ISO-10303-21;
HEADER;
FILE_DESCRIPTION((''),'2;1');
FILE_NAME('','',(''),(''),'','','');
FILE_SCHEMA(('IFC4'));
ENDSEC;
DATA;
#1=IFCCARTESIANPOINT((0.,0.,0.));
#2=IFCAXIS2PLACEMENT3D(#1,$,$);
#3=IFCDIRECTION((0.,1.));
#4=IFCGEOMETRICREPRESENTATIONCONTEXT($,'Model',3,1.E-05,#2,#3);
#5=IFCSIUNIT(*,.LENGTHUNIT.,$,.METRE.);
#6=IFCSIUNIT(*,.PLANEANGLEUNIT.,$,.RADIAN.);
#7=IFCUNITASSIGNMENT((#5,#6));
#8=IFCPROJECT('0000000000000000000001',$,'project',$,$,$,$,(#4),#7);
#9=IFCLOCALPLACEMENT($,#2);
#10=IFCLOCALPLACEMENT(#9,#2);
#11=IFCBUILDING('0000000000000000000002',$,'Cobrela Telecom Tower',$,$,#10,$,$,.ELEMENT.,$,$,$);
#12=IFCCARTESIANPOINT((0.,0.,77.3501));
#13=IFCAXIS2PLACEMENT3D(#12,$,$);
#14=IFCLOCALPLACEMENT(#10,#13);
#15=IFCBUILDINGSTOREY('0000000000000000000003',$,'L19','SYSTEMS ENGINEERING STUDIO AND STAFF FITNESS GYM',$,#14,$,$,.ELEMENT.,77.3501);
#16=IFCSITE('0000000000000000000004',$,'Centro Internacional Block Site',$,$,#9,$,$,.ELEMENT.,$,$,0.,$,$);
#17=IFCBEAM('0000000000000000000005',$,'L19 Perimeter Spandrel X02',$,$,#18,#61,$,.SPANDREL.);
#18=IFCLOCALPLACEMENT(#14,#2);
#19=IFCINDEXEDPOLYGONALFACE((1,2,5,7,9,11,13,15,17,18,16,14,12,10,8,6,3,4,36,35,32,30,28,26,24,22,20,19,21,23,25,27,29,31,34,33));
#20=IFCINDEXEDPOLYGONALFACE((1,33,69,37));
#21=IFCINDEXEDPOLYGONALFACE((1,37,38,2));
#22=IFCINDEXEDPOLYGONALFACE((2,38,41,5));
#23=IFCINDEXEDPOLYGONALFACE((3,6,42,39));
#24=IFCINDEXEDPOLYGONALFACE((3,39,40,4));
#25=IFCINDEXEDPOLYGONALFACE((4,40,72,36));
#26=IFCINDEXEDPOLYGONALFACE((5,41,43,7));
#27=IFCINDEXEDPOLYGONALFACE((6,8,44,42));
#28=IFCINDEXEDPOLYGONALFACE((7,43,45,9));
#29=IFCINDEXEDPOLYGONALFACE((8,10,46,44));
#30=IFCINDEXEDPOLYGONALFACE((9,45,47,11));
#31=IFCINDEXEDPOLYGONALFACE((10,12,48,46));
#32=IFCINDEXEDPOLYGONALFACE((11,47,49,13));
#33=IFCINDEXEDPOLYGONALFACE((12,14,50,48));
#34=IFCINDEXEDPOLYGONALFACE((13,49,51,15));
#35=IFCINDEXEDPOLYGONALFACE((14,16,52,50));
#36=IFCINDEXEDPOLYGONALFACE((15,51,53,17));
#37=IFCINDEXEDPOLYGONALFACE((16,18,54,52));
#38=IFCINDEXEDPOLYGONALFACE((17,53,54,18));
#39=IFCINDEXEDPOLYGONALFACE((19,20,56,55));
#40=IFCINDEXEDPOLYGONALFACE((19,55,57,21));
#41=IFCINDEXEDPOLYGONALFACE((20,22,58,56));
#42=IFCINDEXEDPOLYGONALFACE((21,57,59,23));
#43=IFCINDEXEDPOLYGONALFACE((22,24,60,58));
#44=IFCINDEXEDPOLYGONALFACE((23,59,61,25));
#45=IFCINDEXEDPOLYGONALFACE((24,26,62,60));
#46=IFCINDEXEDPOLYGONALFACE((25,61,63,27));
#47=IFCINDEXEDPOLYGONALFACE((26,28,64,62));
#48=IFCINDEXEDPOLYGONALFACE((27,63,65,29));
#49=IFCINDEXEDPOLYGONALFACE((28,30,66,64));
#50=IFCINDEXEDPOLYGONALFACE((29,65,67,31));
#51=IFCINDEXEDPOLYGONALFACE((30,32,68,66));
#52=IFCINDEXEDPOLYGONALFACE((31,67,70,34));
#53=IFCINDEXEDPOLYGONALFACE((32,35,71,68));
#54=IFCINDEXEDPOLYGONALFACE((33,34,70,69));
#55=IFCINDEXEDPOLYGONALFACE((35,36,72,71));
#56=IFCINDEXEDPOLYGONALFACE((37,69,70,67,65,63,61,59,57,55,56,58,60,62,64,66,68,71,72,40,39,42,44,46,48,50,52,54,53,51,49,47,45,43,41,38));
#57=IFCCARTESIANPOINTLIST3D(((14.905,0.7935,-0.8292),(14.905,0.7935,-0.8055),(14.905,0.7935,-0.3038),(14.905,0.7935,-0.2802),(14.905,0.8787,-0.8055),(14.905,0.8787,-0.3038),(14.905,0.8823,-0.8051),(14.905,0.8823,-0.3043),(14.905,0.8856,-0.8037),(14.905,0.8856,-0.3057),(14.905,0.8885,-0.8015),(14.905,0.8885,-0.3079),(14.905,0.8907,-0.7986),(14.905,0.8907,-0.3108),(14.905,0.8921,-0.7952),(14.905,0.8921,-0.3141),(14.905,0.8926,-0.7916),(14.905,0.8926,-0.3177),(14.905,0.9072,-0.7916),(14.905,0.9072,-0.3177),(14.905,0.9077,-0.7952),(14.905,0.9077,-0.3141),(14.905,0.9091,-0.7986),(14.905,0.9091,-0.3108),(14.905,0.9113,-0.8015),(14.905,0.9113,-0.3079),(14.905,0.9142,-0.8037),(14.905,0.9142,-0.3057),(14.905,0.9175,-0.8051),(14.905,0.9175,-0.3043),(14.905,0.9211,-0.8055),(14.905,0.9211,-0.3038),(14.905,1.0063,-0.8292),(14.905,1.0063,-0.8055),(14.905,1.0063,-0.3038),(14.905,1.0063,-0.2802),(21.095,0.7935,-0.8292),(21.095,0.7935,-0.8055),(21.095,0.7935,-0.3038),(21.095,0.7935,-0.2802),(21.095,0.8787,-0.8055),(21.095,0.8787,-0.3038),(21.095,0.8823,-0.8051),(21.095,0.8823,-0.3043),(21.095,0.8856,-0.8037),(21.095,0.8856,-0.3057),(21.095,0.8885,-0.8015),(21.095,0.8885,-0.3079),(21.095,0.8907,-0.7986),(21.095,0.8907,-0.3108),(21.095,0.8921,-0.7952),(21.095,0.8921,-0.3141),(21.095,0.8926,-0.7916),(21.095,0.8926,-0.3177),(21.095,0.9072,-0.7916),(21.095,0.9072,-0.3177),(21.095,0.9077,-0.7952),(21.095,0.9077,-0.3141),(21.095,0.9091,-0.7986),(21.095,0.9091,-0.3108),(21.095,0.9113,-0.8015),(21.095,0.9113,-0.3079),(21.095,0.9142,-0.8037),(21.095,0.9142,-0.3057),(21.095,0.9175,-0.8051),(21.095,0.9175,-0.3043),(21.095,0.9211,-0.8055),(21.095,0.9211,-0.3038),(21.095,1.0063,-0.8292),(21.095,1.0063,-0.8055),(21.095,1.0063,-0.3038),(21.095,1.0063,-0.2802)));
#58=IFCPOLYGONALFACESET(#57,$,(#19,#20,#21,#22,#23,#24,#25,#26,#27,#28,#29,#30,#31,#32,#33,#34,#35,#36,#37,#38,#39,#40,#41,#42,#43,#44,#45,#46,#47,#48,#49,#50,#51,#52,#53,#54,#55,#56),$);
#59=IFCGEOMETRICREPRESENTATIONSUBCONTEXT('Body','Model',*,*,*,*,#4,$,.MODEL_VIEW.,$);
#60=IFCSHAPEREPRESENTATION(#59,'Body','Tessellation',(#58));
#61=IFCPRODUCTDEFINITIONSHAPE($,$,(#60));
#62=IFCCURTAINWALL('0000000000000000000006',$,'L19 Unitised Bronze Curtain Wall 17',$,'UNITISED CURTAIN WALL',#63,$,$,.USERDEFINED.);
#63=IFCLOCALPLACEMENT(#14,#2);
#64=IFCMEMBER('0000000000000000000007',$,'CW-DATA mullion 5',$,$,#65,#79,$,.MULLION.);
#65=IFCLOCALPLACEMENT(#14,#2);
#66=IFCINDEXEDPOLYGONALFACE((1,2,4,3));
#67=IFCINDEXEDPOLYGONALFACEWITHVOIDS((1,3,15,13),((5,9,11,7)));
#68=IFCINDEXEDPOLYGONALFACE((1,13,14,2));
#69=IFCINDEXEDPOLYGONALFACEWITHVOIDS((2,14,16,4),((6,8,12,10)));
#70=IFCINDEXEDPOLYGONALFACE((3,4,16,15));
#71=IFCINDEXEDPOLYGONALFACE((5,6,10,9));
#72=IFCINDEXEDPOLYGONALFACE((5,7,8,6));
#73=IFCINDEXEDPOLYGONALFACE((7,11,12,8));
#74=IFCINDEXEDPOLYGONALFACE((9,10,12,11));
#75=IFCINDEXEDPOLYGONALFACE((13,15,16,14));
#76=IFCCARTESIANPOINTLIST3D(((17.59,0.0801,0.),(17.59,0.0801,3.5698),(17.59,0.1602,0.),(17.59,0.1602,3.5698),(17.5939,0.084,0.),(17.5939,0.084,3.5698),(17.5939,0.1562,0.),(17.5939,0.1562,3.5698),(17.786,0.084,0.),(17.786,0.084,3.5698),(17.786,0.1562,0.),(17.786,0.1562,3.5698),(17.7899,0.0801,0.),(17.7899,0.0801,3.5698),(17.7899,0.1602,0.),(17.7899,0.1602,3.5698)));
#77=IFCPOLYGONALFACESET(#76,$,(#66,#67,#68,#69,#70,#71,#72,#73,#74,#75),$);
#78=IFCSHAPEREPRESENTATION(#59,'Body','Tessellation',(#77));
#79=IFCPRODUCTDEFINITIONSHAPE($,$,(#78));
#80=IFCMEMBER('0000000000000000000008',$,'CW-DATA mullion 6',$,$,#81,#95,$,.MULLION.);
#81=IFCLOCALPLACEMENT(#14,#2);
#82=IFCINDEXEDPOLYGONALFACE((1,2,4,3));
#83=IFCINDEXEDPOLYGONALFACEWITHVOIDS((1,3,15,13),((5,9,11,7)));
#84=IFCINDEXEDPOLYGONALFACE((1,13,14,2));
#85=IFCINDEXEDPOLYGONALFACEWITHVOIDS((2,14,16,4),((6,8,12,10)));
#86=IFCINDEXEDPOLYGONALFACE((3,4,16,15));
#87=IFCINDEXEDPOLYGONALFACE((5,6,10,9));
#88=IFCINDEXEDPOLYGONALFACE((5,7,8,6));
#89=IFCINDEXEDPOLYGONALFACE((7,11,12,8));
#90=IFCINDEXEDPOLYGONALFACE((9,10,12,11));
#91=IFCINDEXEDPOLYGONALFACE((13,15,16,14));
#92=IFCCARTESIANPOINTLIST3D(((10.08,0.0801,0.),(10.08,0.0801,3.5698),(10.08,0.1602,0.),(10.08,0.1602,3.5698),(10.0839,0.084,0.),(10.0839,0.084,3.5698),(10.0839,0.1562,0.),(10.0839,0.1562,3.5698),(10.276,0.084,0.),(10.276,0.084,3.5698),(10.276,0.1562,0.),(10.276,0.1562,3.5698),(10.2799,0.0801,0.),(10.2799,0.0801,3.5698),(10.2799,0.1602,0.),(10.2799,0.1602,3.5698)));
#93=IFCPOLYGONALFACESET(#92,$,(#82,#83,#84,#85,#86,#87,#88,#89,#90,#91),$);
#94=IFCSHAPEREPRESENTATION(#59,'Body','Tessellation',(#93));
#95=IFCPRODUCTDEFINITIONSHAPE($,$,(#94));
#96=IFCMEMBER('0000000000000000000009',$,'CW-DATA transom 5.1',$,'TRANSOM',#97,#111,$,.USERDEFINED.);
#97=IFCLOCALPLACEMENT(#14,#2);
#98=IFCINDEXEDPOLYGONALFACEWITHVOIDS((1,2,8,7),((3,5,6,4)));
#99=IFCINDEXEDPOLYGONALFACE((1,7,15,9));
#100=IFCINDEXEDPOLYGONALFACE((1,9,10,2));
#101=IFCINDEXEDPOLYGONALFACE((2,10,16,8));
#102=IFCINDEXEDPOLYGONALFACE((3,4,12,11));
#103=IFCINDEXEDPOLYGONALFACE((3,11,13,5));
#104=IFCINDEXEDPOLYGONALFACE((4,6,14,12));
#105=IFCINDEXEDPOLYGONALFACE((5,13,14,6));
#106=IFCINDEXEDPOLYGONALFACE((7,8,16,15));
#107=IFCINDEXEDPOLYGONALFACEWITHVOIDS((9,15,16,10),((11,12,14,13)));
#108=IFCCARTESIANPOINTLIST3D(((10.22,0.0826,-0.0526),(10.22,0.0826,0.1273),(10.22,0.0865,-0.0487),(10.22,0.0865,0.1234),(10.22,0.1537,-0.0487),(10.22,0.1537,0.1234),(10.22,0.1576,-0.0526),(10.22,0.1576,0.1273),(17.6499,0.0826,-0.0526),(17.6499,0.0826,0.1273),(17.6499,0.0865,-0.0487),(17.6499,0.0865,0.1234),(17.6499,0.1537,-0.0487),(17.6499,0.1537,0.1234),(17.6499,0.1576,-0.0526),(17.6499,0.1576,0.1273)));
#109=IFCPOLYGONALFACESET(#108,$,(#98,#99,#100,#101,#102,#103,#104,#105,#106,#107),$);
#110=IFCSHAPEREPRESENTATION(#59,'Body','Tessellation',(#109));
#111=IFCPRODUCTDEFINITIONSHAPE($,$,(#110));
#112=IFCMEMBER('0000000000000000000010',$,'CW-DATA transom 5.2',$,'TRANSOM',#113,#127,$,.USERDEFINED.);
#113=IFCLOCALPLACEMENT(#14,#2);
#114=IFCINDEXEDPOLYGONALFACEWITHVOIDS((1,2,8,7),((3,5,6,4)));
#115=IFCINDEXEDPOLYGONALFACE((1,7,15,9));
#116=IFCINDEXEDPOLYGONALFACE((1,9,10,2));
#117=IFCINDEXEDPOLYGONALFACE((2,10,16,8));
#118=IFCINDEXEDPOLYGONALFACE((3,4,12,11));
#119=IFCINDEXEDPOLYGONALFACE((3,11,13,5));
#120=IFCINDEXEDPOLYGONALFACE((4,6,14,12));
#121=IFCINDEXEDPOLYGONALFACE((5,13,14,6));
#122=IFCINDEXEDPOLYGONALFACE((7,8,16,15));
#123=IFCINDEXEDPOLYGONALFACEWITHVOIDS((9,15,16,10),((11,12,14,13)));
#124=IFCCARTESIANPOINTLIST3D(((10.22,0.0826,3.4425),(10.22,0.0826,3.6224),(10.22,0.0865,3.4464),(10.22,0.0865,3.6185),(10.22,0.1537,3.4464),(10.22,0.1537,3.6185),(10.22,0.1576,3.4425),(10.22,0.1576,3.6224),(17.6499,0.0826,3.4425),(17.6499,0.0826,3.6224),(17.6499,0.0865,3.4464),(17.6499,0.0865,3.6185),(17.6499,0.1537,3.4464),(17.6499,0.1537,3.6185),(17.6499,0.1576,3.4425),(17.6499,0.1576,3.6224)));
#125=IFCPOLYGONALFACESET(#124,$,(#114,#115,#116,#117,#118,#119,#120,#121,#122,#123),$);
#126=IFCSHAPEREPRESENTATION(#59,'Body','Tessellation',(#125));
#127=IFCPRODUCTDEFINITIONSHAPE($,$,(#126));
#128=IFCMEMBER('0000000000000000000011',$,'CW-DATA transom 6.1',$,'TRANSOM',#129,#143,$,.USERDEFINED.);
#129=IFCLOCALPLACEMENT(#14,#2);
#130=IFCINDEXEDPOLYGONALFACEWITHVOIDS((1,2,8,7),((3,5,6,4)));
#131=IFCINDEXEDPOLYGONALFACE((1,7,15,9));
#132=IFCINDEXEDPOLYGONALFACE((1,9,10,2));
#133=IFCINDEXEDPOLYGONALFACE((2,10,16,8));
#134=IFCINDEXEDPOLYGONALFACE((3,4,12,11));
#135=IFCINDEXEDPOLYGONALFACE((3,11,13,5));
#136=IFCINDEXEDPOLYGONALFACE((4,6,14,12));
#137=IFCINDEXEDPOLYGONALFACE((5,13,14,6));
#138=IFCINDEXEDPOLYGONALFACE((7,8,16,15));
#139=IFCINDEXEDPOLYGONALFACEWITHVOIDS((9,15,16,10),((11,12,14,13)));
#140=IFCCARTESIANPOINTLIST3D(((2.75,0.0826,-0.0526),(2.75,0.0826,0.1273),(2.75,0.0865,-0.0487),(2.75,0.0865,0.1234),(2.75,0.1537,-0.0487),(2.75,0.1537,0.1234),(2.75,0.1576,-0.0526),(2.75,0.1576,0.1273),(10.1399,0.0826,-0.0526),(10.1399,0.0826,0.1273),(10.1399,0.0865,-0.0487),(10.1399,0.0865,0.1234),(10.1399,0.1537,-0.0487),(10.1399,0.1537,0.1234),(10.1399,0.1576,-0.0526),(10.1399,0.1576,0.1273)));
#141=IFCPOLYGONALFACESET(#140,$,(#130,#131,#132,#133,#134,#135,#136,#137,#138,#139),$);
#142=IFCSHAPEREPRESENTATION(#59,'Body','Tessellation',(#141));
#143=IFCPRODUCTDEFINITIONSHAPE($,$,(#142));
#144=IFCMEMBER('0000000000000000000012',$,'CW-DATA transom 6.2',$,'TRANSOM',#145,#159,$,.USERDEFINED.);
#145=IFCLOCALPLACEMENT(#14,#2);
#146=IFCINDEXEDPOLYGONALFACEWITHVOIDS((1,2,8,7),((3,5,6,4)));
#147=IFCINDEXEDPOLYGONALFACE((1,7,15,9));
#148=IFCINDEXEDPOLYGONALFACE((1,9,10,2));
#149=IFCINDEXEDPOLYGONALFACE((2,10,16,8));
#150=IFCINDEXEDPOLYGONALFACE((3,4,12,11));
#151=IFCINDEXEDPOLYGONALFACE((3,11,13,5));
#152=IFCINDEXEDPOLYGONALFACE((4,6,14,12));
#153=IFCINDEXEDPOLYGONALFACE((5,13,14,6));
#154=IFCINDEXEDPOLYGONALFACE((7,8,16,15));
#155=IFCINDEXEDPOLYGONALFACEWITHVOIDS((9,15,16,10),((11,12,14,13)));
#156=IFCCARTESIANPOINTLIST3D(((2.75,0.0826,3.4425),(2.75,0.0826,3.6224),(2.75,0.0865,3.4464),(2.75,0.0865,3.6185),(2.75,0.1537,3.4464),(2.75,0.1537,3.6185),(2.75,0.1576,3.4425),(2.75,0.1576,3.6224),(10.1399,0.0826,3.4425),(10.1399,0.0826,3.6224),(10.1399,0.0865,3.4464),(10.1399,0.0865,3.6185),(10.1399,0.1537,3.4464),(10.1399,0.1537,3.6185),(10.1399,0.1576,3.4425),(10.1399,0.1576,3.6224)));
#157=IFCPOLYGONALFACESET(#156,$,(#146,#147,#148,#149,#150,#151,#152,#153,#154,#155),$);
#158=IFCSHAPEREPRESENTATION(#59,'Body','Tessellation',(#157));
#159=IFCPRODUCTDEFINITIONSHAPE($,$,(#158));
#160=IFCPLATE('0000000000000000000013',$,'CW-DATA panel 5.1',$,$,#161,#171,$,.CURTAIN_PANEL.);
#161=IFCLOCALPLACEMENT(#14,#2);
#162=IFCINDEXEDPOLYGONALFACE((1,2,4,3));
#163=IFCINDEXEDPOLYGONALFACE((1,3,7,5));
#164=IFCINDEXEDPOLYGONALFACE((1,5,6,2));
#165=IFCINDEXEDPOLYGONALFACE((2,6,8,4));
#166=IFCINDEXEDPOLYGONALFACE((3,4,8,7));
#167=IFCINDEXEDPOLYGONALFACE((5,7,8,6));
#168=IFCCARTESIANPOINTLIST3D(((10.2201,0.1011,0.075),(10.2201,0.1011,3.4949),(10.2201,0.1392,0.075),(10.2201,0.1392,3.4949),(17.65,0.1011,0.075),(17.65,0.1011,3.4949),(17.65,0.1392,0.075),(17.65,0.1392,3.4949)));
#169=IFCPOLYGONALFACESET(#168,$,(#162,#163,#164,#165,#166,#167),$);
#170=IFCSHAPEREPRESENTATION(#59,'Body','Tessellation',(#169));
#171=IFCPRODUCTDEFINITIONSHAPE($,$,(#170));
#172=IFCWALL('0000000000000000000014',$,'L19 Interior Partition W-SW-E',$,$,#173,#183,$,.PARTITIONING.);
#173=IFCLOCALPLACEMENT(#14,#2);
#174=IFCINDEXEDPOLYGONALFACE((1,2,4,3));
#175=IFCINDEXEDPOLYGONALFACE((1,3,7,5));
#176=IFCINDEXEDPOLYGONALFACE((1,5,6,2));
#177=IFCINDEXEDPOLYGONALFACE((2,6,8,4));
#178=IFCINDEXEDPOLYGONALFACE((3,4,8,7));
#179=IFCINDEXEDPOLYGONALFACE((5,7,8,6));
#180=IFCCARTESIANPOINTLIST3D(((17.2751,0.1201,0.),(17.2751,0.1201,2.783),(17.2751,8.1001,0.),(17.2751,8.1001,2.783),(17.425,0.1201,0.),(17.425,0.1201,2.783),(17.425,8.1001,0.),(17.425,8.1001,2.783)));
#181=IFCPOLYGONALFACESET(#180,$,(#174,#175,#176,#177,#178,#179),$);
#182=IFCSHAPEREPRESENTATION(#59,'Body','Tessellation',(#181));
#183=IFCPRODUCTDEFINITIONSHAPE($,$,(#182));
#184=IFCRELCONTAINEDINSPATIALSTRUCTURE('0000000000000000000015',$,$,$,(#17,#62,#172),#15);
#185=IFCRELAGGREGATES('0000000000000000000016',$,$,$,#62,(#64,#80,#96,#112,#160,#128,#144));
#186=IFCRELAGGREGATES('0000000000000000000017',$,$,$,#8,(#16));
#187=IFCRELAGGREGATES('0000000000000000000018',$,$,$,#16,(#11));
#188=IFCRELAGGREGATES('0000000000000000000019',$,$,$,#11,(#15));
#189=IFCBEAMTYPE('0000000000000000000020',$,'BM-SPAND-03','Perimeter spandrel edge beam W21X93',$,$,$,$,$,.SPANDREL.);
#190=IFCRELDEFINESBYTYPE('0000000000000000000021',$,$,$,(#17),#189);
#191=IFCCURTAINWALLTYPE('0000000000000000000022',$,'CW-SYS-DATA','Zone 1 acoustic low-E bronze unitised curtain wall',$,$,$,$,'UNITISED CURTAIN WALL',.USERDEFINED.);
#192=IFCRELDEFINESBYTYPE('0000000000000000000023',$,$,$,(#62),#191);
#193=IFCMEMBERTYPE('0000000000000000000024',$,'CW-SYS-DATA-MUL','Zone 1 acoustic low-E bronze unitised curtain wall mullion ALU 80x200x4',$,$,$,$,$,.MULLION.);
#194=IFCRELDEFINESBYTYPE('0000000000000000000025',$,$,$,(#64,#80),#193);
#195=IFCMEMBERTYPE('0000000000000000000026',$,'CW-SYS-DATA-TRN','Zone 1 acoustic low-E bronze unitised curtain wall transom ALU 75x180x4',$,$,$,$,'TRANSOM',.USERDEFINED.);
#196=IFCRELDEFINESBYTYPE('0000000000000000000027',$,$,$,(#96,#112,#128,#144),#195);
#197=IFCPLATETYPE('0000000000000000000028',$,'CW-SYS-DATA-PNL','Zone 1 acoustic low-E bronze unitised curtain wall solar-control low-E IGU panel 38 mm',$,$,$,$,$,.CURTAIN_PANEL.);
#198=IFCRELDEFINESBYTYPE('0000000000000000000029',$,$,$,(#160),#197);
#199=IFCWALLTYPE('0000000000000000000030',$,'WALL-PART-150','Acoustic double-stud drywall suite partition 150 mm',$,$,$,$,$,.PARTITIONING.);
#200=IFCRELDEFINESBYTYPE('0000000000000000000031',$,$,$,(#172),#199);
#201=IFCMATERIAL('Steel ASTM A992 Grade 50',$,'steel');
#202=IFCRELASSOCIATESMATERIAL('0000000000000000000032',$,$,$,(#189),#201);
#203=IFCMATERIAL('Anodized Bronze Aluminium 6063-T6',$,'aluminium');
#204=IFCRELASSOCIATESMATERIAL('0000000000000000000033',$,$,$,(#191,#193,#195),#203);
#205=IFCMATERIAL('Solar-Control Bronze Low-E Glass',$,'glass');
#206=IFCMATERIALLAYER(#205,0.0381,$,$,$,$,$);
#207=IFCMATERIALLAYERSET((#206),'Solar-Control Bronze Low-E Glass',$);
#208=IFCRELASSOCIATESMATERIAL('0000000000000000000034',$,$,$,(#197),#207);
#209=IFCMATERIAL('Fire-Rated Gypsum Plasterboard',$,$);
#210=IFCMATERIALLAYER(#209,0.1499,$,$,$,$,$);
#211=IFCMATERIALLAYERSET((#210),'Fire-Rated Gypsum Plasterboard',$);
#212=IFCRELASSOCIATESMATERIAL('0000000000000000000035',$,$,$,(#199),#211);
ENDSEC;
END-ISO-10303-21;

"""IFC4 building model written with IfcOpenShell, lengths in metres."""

from ifc_helpers import new_model, si_unit, direction, frame, frame_2d, origin, origin_2d, place, context, subcontext, project, spatial, rectangle, hollow_rectangle, i_section, extrude, material, layer, layer_set, material_profile, profile_set, type_object, element, aggregate, save


model = new_model("IFC4")

# Units and contexts
model_context = context("Model", 3, precision=1e-05, world=origin(), true_north=direction((0.0, 1.0)))
body_context = subcontext(model_context, "Body", "Model", "MODEL_VIEW")
ifc_project = project(units=[si_unit("LENGTHUNIT", "METRE"), si_unit("PLANEANGLEUNIT", "RADIAN")], contexts=[model_context])

# Site, building, storey
site_placement = place(None, origin())
site = spatial("IfcSite", under=ifc_project, at=site_placement, Name="Centro Internacional Block Site", CompositionType="ELEMENT", RefElevation=0.0)
building_placement = place(site_placement, origin())
building = spatial("IfcBuilding", under=site, at=building_placement, Name="Cobrela Telecom Tower", CompositionType="ELEMENT")
storey_placement = place(building_placement, frame((0.0, 0.0, 77.3501)))
storey = spatial("IfcBuildingStorey", under=building, at=storey_placement, Name="L19", Description="SYSTEMS ENGINEERING STUDIO AND STAFF FITNESS GYM", CompositionType="ELEMENT", Elevation=77.3501)

# Beam
ifc_material_1 = material(Name="Steel ASTM A992 Grade 50", Category="steel")
ifc_material_profile_1 = material_profile(ifc_material_1, i_section(OverallWidth=0.2129, OverallDepth=0.5491, WebThickness=0.0146, FlangeThickness=0.0237, FilletRadius=0.0139, at=origin_2d()), Name="W21X93")
ifc_profile_set_1 = profile_set([ifc_material_profile_1], Name="Steel ASTM A992 Grade 50")
beam_type_1 = type_object("IfcBeamType", Name="BM-SPAND-03", Description="Perimeter spandrel edge beam W21X93", PredefinedType="SPANDREL", material=ifc_profile_set_1)
for number, where, z_axis, x_axis, name in (
    (1, (14.905, 0.8999, -0.5547), (1.0, 0.0, 0.0), (0.0, 1.0, 0.0), "L19 Perimeter Spandrel X02"),
):
    element("IfcBeam", number, at=place(storey_placement, frame(where, z_axis=z_axis, x_axis=x_axis)), inside=storey, type_object=beam_type_1, Name=name, PredefinedType="SPANDREL", context=body_context, shape_type="SweptSolid", body=[
        extrude(i_section(OverallWidth=0.2129, OverallDepth=0.5491, WebThickness=0.0146, FlangeThickness=0.0237, FilletRadius=0.0139, at=origin_2d()), origin(), (0.0, 0.0, 1.0), 6.1899),
    ])

# Curtain wall, members, plate
ifc_material_2 = material(Name="Anodized Bronze Aluminium 6063-T6", Category="aluminium")
curtain_wall_type = type_object("IfcCurtainWallType", Name="CW-SYS-DATA", Description="Zone 1 acoustic low-E bronze unitised curtain wall", ElementType="UNITISED CURTAIN WALL", PredefinedType="USERDEFINED", material=ifc_material_2)
curtain_wall_placement = place(storey_placement, origin())
curtain_wall = element("IfcCurtainWall", 2, at=curtain_wall_placement, inside=storey, type_object=curtain_wall_type, Name="L19 Unitised Bronze Curtain Wall 17", ObjectType="UNITISED CURTAIN WALL", PredefinedType="USERDEFINED")
ifc_material_profile_2 = material_profile(ifc_material_2, hollow_rectangle(XDim=0.0801, YDim=0.2, WallThickness=0.0039, at=origin_2d()), Name="ALU 80x200x4")
ifc_profile_set_2 = profile_set([ifc_material_profile_2], Name="Anodized Bronze Aluminium 6063-T6")
member_type_1 = type_object("IfcMemberType", Name="CW-SYS-DATA-MUL", Description="Zone 1 acoustic low-E bronze unitised curtain wall mullion ALU 80x200x4", PredefinedType="MULLION", material=ifc_profile_set_2)
member_1_placement = place(storey_placement, frame((17.6899, 0.1201, 0.0), z_axis=(0.0, 0.0, 1.0), x_axis=(0.0, -1.0, 0.0)))
member_1 = element("IfcMember", 3, at=member_1_placement, type_object=member_type_1, Name="CW-DATA mullion 5", PredefinedType="MULLION", context=body_context, shape_type="SweptSolid", body=[
    extrude(hollow_rectangle(XDim=0.0801, YDim=0.2, WallThickness=0.0039, at=origin_2d()), origin(), (0.0, 0.0, 1.0), 3.5698),
])
member_2_placement = place(storey_placement, frame((10.1799, 0.1201, 0.0), z_axis=(0.0, 0.0, 1.0), x_axis=(0.0, -1.0, 0.0)))
member_2 = element("IfcMember", 4, at=member_2_placement, type_object=member_type_1, Name="CW-DATA mullion 6", PredefinedType="MULLION", context=body_context, shape_type="SweptSolid", body=[
    extrude(hollow_rectangle(XDim=0.0801, YDim=0.2, WallThickness=0.0039, at=origin_2d()), origin(), (0.0, 0.0, 1.0), 3.5698),
])
ifc_material_profile_3 = material_profile(ifc_material_2, hollow_rectangle(XDim=0.075, YDim=0.1799, WallThickness=0.0039, at=origin_2d()), Name="ALU 75x180x4")
ifc_profile_set_3 = profile_set([ifc_material_profile_3], Name="Anodized Bronze Aluminium 6063-T6")
member_type_2 = type_object("IfcMemberType", Name="CW-SYS-DATA-TRN", Description="Zone 1 acoustic low-E bronze unitised curtain wall transom ALU 75x180x4", ElementType="TRANSOM", PredefinedType="USERDEFINED", material=ifc_profile_set_3)
member_3_placement = place(storey_placement, frame((17.6499, 0.1201, 0.0374), z_axis=(-1.0, 0.0, 0.0), x_axis=(0.0, -1.0, 0.0)))
member_3 = element("IfcMember", 5, at=member_3_placement, type_object=member_type_2, Name="CW-DATA transom 5.1", ObjectType="TRANSOM", PredefinedType="USERDEFINED", context=body_context, shape_type="SweptSolid", body=[
    extrude(hollow_rectangle(XDim=0.075, YDim=0.1799, WallThickness=0.0039, at=origin_2d()), origin(), (0.0, 0.0, 1.0), 7.4299),
])
member_4_placement = place(storey_placement, frame((17.6499, 0.1201, 3.5325), z_axis=(-1.0, 0.0, 0.0), x_axis=(0.0, -1.0, 0.0)))
member_4 = element("IfcMember", 6, at=member_4_placement, type_object=member_type_2, Name="CW-DATA transom 5.2", ObjectType="TRANSOM", PredefinedType="USERDEFINED", context=body_context, shape_type="SweptSolid", body=[
    extrude(hollow_rectangle(XDim=0.075, YDim=0.1799, WallThickness=0.0039, at=origin_2d()), origin(), (0.0, 0.0, 1.0), 7.4299),
])
member_5_placement = place(storey_placement, frame((10.1399, 0.1201, 0.0374), z_axis=(-1.0, 0.0, 0.0), x_axis=(0.0, -1.0, 0.0)))
member_5 = element("IfcMember", 7, at=member_5_placement, type_object=member_type_2, Name="CW-DATA transom 6.1", ObjectType="TRANSOM", PredefinedType="USERDEFINED", context=body_context, shape_type="SweptSolid", body=[
    extrude(hollow_rectangle(XDim=0.075, YDim=0.1799, WallThickness=0.0039, at=origin_2d()), origin(), (0.0, 0.0, 1.0), 7.3899),
])
member_6_placement = place(storey_placement, frame((10.1399, 0.1201, 3.5325), z_axis=(-1.0, 0.0, 0.0), x_axis=(0.0, -1.0, 0.0)))
member_6 = element("IfcMember", 8, at=member_6_placement, type_object=member_type_2, Name="CW-DATA transom 6.2", ObjectType="TRANSOM", PredefinedType="USERDEFINED", context=body_context, shape_type="SweptSolid", body=[
    extrude(hollow_rectangle(XDim=0.075, YDim=0.1799, WallThickness=0.0039, at=origin_2d()), origin(), (0.0, 0.0, 1.0), 7.3899),
])
ifc_material_3 = material(Name="Solar-Control Bronze Low-E Glass", Category="glass")
ifc_layer_1 = layer(ifc_material_3, 0.0381)
ifc_layer_set_1 = layer_set([ifc_layer_1], Name="Solar-Control Bronze Low-E Glass")
plate_type = type_object("IfcPlateType", Name="CW-SYS-DATA-PNL", Description="Zone 1 acoustic low-E bronze unitised curtain wall solar-control low-E IGU panel 38 mm", PredefinedType="CURTAIN_PANEL", material=ifc_layer_set_1)
plate_placement = place(storey_placement, frame((13.9351, 0.1201, 0.075), z_axis=(0.0, 0.0, 1.0), x_axis=(-1.0, 0.0, 0.0)))
plate = element("IfcPlate", 9, at=plate_placement, type_object=plate_type, Name="CW-DATA panel 5.1", PredefinedType="CURTAIN_PANEL", context=body_context, shape_type="SweptSolid", body=[
    extrude(rectangle(XDim=7.4299, YDim=0.0381, at=origin_2d()), origin(), (0.0, 0.0, 1.0), 3.4199),
])
aggregate(curtain_wall, [member_1, member_2, member_3, member_4, plate, member_5, member_6])

# Wall
ifc_material_4 = material(Name="Fire-Rated Gypsum Plasterboard")
ifc_layer_2 = layer(ifc_material_4, 0.1499)
ifc_layer_set_2 = layer_set([ifc_layer_2], Name="Fire-Rated Gypsum Plasterboard")
wall_type = type_object("IfcWallType", Name="WALL-PART-150", Description="Acoustic double-stud drywall suite partition 150 mm", PredefinedType="PARTITIONING", material=ifc_layer_set_2)
wall_placement = place(storey_placement, frame((17.3501, 0.1201, 0.0), z_axis=(0.0, 0.0, 1.0), x_axis=(0.0, 1.0, 0.0)))
element("IfcWall", 10, at=wall_placement, inside=storey, type_object=wall_type, Name="L19 Interior Partition W-SW-E", PredefinedType="PARTITIONING", context=body_context, shape_type="SweptSolid", body=[
    extrude(rectangle(XDim=7.98, YDim=0.1499, at=frame_2d((3.99, 0.0))), origin(), (0.0, 0.0, 1.0), 2.783),
])

save(model, "model.ifc")
